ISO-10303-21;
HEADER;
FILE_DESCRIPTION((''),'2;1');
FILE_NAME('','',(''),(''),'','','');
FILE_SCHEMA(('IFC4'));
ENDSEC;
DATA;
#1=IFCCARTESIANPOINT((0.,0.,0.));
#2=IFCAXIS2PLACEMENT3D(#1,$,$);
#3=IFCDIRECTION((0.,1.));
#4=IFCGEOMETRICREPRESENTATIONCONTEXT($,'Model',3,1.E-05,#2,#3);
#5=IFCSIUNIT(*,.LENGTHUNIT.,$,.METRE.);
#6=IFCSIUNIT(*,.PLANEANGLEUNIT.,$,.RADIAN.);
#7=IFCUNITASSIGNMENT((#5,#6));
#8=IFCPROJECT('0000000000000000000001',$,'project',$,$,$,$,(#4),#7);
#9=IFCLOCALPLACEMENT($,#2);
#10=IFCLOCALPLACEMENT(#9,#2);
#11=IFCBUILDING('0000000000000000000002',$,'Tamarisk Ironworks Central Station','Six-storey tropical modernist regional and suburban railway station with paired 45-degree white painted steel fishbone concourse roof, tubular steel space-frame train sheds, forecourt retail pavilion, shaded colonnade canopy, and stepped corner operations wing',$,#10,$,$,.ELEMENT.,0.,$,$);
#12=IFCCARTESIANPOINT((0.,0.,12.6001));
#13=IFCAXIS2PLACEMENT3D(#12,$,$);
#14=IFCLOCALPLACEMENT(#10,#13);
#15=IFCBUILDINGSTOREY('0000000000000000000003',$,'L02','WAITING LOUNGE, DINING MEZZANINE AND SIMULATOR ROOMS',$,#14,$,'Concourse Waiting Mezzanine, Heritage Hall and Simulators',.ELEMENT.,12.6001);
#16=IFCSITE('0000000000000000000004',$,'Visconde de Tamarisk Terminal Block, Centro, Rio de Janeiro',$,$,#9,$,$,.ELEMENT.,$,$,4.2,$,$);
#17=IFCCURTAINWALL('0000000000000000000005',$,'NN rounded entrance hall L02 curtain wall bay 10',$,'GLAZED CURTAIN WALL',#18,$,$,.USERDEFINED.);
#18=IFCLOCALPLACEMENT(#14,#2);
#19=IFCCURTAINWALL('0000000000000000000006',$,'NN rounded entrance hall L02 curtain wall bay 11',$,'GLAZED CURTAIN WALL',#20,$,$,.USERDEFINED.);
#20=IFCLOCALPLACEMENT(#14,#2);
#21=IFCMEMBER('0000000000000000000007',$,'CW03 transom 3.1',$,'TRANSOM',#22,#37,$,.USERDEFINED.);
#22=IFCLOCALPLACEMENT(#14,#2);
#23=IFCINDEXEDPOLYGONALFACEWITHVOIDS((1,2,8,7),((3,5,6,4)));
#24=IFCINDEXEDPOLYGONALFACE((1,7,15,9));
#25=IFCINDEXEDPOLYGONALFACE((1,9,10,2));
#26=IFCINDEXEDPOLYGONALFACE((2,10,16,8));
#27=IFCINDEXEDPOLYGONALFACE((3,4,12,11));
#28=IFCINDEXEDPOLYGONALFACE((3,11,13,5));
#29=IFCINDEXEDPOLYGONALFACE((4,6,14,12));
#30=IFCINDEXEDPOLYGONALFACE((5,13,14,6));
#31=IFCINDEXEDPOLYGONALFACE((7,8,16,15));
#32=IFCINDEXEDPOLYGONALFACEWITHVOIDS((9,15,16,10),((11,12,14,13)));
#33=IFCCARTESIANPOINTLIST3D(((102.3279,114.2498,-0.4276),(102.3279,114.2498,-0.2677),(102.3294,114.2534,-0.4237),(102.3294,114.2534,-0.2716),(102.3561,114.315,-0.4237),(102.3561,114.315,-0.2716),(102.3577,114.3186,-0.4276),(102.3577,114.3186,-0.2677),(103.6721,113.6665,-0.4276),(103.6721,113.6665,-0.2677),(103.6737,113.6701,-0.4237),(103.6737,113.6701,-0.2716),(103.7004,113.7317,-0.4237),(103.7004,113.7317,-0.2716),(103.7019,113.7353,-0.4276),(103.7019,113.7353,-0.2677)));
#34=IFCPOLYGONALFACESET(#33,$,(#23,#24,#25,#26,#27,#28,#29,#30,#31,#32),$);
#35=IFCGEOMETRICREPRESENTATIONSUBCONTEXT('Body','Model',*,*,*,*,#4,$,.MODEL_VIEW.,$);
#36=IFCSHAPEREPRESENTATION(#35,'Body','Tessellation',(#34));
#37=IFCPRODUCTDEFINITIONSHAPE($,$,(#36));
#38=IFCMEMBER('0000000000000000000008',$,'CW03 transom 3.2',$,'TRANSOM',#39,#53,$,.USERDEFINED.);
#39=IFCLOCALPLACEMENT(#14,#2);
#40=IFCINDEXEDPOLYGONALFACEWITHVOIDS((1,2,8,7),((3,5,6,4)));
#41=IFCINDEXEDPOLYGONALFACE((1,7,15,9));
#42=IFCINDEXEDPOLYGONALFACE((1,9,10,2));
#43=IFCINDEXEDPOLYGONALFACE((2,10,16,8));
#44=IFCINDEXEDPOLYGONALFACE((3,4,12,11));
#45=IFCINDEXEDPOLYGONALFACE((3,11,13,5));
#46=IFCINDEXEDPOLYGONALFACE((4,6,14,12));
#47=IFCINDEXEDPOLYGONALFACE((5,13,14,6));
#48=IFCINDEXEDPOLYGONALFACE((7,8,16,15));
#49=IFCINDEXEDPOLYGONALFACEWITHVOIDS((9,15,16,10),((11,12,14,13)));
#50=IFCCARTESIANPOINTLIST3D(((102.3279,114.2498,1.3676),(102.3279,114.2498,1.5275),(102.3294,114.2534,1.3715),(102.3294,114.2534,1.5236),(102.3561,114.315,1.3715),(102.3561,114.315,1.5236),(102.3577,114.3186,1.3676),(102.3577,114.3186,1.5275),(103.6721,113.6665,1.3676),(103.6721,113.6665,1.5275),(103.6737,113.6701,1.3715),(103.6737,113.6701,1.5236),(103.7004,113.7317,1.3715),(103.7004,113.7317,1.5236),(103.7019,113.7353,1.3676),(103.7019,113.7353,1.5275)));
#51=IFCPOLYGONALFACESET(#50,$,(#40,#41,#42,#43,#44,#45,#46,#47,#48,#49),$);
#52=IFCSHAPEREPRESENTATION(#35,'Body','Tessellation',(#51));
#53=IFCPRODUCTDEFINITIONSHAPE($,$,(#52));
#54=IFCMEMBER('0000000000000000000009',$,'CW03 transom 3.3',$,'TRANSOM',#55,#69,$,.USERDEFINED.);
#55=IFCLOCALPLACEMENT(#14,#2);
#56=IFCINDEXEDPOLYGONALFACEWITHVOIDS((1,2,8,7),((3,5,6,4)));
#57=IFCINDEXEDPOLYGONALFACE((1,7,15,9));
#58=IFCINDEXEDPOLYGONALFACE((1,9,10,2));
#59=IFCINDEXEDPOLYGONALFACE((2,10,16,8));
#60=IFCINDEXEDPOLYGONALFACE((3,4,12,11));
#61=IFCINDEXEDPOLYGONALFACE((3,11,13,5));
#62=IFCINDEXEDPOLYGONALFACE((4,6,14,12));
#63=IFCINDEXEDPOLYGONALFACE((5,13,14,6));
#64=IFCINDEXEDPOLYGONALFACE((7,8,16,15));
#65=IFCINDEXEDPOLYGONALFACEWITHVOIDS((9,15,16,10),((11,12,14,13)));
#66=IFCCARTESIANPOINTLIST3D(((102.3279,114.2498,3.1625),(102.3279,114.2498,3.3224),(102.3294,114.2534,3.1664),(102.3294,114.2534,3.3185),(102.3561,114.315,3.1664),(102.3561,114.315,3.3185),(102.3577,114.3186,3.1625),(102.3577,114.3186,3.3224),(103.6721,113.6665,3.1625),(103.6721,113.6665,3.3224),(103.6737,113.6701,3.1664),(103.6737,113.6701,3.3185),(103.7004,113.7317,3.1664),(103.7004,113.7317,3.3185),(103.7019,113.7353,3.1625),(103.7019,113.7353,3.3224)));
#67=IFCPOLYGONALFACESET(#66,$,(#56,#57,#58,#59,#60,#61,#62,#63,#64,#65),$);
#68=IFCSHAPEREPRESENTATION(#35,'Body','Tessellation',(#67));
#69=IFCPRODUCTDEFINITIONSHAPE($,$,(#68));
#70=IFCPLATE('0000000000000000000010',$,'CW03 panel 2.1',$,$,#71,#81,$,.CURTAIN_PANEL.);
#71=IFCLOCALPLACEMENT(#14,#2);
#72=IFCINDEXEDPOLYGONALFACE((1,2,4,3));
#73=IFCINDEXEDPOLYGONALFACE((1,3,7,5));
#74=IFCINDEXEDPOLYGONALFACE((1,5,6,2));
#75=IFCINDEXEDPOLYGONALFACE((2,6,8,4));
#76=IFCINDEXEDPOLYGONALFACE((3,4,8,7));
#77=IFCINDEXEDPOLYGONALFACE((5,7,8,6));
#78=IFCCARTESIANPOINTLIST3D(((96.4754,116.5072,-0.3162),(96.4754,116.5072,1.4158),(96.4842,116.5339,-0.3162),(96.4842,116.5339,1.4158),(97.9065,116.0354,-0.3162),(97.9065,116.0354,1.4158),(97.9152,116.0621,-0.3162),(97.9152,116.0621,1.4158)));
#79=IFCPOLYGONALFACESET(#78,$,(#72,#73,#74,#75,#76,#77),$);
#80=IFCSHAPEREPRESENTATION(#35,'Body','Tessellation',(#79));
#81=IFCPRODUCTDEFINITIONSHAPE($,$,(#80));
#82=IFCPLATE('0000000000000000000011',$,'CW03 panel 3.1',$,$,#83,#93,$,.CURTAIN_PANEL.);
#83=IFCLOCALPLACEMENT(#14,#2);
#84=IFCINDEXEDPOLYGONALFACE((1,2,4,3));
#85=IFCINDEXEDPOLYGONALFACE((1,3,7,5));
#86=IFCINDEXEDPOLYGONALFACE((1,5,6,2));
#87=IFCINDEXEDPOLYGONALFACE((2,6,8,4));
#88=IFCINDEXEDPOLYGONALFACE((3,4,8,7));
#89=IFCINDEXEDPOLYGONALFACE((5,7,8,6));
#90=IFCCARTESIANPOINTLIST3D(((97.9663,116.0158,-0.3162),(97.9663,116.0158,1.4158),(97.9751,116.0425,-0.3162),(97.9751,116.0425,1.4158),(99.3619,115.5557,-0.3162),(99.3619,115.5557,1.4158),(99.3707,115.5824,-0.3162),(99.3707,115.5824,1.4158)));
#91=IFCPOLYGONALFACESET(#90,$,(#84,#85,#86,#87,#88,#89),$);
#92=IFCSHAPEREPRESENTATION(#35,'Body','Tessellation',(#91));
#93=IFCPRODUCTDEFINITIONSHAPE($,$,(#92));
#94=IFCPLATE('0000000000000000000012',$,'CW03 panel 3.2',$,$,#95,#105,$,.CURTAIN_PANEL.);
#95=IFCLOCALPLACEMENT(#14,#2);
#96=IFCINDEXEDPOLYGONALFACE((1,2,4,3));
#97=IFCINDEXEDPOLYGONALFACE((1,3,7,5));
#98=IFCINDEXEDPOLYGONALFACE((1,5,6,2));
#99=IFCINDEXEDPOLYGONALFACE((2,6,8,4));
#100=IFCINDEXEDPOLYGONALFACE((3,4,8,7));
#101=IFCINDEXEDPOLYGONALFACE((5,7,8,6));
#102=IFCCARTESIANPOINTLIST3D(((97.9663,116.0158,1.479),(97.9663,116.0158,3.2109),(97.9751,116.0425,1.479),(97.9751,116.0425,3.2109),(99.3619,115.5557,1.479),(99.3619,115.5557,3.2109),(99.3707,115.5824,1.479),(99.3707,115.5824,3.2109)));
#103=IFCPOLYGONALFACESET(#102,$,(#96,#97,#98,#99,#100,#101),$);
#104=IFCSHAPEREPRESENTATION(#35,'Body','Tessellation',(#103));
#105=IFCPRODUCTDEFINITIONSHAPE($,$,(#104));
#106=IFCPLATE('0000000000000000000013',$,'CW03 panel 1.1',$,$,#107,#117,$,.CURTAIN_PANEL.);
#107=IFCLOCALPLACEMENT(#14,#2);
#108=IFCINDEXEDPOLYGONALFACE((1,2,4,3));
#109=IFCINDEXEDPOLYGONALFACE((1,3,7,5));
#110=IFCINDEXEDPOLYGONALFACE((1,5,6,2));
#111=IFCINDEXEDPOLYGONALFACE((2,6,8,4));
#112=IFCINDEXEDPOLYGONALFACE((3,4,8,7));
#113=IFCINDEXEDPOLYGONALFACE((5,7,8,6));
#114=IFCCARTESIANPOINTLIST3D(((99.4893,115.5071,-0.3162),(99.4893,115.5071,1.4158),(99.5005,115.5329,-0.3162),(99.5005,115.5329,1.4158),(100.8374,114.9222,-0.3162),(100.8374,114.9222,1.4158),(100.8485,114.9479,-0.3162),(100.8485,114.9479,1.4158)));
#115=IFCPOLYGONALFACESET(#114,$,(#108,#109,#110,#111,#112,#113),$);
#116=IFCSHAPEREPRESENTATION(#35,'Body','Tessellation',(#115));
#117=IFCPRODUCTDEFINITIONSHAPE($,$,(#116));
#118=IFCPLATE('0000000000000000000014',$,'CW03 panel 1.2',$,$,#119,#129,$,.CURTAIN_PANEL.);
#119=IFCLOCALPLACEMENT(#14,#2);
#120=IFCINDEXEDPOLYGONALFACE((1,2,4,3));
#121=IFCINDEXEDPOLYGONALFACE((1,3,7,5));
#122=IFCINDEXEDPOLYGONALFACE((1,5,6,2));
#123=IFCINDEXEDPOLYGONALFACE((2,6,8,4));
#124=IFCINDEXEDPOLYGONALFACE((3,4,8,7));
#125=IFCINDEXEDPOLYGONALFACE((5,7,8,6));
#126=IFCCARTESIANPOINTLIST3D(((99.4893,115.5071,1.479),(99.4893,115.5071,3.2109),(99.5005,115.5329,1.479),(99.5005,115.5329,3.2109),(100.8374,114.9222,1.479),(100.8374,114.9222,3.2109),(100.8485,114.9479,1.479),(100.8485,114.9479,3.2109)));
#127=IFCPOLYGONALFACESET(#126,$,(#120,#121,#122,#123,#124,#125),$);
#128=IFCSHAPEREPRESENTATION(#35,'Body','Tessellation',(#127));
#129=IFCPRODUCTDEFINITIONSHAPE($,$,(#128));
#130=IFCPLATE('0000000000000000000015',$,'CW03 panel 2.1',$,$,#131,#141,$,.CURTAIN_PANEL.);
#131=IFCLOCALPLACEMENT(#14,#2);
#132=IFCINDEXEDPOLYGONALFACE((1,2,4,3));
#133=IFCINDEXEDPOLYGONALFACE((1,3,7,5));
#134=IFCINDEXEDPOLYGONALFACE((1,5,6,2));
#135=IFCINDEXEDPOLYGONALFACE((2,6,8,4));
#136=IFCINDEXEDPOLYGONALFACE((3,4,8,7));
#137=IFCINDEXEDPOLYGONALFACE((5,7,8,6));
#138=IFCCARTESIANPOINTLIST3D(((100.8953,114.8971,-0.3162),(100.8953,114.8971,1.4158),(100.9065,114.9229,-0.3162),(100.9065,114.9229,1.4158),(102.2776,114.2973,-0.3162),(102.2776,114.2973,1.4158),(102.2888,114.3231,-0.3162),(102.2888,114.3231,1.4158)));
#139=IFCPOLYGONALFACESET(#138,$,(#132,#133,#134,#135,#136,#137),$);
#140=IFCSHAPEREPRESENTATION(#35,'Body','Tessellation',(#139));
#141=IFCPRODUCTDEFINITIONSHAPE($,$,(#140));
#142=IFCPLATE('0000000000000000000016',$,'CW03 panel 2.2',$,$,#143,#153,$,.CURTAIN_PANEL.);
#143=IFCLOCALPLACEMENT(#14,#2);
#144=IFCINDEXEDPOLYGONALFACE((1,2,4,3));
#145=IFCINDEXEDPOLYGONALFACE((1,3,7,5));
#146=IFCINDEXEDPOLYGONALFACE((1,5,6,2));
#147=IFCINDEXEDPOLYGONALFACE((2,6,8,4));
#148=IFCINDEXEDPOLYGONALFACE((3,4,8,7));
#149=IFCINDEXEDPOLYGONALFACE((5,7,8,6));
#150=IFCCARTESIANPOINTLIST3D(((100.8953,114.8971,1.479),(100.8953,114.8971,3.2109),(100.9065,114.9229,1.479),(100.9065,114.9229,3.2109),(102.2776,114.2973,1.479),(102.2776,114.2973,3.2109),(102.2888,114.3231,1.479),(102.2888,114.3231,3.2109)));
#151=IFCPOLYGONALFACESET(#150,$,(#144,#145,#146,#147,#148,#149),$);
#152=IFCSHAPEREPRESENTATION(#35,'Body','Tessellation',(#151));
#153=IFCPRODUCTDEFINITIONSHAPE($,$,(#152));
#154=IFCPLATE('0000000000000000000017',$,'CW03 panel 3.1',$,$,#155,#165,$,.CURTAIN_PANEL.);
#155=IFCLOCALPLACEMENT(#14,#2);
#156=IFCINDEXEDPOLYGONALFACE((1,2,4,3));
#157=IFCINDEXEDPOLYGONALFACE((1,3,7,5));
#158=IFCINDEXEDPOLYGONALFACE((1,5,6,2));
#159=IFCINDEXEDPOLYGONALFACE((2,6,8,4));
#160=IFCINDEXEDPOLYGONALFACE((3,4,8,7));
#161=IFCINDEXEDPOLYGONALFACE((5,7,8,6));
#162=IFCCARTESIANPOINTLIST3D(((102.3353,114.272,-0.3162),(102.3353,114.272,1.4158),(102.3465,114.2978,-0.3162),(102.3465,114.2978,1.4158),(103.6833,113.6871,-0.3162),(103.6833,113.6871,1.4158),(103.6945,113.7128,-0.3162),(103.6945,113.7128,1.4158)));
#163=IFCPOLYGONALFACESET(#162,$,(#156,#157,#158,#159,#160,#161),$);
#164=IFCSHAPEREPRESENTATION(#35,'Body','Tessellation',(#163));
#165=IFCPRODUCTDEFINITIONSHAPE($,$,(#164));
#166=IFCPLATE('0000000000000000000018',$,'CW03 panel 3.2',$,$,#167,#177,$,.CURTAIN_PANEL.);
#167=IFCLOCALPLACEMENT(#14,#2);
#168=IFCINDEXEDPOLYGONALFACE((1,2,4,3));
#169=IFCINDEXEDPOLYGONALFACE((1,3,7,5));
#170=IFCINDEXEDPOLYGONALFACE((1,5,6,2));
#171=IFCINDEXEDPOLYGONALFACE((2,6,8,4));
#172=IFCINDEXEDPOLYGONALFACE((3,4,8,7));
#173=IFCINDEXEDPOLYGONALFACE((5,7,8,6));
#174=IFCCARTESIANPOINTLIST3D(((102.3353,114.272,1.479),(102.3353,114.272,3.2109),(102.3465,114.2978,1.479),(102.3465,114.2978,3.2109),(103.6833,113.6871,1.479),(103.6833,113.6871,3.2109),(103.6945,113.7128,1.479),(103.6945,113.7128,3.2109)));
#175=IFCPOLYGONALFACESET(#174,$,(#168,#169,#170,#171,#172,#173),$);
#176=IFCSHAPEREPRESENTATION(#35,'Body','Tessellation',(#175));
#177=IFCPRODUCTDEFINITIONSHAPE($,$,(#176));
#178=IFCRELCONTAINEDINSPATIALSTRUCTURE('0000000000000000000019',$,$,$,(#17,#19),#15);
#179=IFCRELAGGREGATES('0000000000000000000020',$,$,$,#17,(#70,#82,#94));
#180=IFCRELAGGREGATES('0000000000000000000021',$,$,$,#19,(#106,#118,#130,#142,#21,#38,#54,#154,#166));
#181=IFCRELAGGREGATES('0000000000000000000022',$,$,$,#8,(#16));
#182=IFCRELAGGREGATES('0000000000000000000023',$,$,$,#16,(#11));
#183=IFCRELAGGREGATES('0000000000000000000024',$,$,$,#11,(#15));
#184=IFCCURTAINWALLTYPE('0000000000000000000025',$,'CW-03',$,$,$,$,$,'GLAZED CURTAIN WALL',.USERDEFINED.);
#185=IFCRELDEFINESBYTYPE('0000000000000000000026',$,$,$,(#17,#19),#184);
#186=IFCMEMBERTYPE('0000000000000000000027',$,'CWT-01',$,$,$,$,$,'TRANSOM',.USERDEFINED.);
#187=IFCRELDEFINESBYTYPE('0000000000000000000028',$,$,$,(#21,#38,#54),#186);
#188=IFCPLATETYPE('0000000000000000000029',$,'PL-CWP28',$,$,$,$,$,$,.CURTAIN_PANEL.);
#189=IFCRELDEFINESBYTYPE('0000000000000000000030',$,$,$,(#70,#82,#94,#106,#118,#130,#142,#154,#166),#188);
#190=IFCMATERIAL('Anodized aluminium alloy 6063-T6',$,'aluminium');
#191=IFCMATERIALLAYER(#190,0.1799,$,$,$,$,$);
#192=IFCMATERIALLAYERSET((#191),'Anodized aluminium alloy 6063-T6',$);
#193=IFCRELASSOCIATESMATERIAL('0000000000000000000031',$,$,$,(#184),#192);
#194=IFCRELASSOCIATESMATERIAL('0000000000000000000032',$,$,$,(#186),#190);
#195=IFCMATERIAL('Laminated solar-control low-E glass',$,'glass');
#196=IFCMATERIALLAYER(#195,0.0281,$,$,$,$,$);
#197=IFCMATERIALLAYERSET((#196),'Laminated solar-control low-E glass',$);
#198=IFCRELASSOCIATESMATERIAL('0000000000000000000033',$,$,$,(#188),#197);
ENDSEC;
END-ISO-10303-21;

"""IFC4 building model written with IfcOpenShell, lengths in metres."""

from ifc_helpers import new_model, si_unit, direction, frame, origin, origin_2d, place, context, subcontext, project, spatial, rectangle, hollow_rectangle, extrude, material, layer, layer_set, material_profile, profile_set, type_object, element, aggregate, save


model = new_model("IFC4")

# Units and contexts
model_context = context("Model", 3, precision=1e-05, world=origin(), true_north=direction((0.0, 1.0)))
body_context = subcontext(model_context, "Body", "Model", "MODEL_VIEW")
ifc_project = project(units=[si_unit("LENGTHUNIT", "METRE"), si_unit("PLANEANGLEUNIT", "RADIAN")], contexts=[model_context])

# Site, building, storey
site_placement = place(None, origin())
site = spatial("IfcSite", under=ifc_project, at=site_placement, Name="Visconde de Tamarisk Terminal Block, Centro, Rio de Janeiro", CompositionType="ELEMENT", RefElevation=4.2)
building_placement = place(site_placement, origin())
building = spatial("IfcBuilding", under=site, at=building_placement, Name="Tamarisk Ironworks Central Station", Description="Six-storey tropical modernist regional and suburban railway station with paired 45-degree white painted steel fishbone concourse roof, tubular steel space-frame train sheds, forecourt retail pavilion, shaded colonnade canopy, and stepped corner operations wing", CompositionType="ELEMENT", ElevationOfRefHeight=0.0)
storey_placement = place(building_placement, frame((0.0, 0.0, 12.6001)))
storey = spatial("IfcBuildingStorey", under=building, at=storey_placement, Name="L02", Description="WAITING LOUNGE, DINING MEZZANINE AND SIMULATOR ROOMS", LongName="Concourse Waiting Mezzanine, Heritage Hall and Simulators", CompositionType="ELEMENT", Elevation=12.6001)

# Curtain walls
ifc_material_1 = material(Name="Anodized aluminium alloy 6063-T6", Category="aluminium")
ifc_layer_1 = layer(ifc_material_1, 0.1799)
ifc_layer_set_1 = layer_set([ifc_layer_1], Name="Anodized aluminium alloy 6063-T6")
curtain_wall_type = type_object("IfcCurtainWallType", Name="CW-03", ElementType="GLAZED CURTAIN WALL", PredefinedType="USERDEFINED", material=ifc_layer_set_1)
curtain_wall_1_placement = place(storey_placement, origin())
curtain_wall_1 = element("IfcCurtainWall", 1, at=curtain_wall_1_placement, inside=storey, type_object=curtain_wall_type, Name="NN rounded entrance hall L02 curtain wall bay 10", ObjectType="GLAZED CURTAIN WALL", PredefinedType="USERDEFINED")
curtain_wall_2_placement = place(storey_placement, origin())
curtain_wall_2 = element("IfcCurtainWall", 2, at=curtain_wall_2_placement, inside=storey, type_object=curtain_wall_type, Name="NN rounded entrance hall L02 curtain wall bay 11", ObjectType="GLAZED CURTAIN WALL", PredefinedType="USERDEFINED")

# Members
ifc_material_profile_1 = material_profile(ifc_material_1, hollow_rectangle(XDim=0.075, YDim=0.1599, WallThickness=0.0039, at=origin_2d()), Name="ALUM 160x75")
ifc_profile_set_1 = profile_set([ifc_material_profile_1], Name="Anodized aluminium alloy 6063-T6")
member_type_1 = type_object("IfcMemberType", Name="CWT-01", ElementType="TRANSOM", PredefinedType="USERDEFINED", material=ifc_profile_set_1)
member_1_placement = place(storey_placement, frame((102.3428, 114.2842, -0.3477), z_axis=(0.917369, -0.398038, 0.0), x_axis=(0.398038, 0.917369, 0.0)))
member_1 = element("IfcMember", 3, at=member_1_placement, type_object=member_type_1, Name="CW03 transom 3.1", ObjectType="TRANSOM", PredefinedType="USERDEFINED", context=body_context, shape_type="SweptSolid", body=[
    extrude(hollow_rectangle(XDim=0.075, YDim=0.1599, WallThickness=0.0039, at=origin_2d()), origin(), (0.0, 0.0, 1.0), 1.4653),
])
member_2_placement = place(storey_placement, frame((102.3428, 114.2842, 1.4475), z_axis=(0.917369, -0.398038, 0.0), x_axis=(0.398038, 0.917369, 0.0)))
member_2 = element("IfcMember", 4, at=member_2_placement, type_object=member_type_1, Name="CW03 transom 3.2", ObjectType="TRANSOM", PredefinedType="USERDEFINED", context=body_context, shape_type="SweptSolid", body=[
    extrude(hollow_rectangle(XDim=0.075, YDim=0.1599, WallThickness=0.0039, at=origin_2d()), origin(), (0.0, 0.0, 1.0), 1.4653),
])
member_3_placement = place(storey_placement, frame((102.3428, 114.2842, 3.2424), z_axis=(0.917369, -0.398038, 0.0), x_axis=(0.398038, 0.917369, 0.0)))
member_3 = element("IfcMember", 5, at=member_3_placement, type_object=member_type_1, Name="CW03 transom 3.3", ObjectType="TRANSOM", PredefinedType="USERDEFINED", context=body_context, shape_type="SweptSolid", body=[
    extrude(hollow_rectangle(XDim=0.075, YDim=0.1599, WallThickness=0.0039, at=origin_2d()), origin(), (0.0, 0.0, 1.0), 1.4653),
])

# Plates
ifc_material_2 = material(Name="Laminated solar-control low-E glass", Category="glass")
ifc_layer_2 = layer(ifc_material_2, 0.0281)
ifc_layer_set_2 = layer_set([ifc_layer_2], Name="Laminated solar-control low-E glass")
plate_type = type_object("IfcPlateType", Name="PL-CWP28", PredefinedType="CURTAIN_PANEL", material=ifc_layer_set_2)
plate_1_placement = place(storey_placement, frame((97.1953, 116.2847, -0.3162), z_axis=(0.0, 0.0, 1.0), x_axis=(0.949721, -0.313098, 0.0)))
plate_1 = element("IfcPlate", 6, at=plate_1_placement, type_object=plate_type, Name="CW03 panel 2.1", PredefinedType="CURTAIN_PANEL", context=body_context, shape_type="SweptSolid", body=[
    extrude(rectangle(XDim=1.5068, YDim=0.0281, at=origin_2d()), origin(), (0.0, 0.0, 1.0), 1.7319),
])
plate_2_placement = place(storey_placement, frame((98.6685, 115.7991, -0.3162), z_axis=(0.0, 0.0, 1.0), x_axis=(0.949721, -0.313098, 0.0)))
plate_2 = element("IfcPlate", 7, at=plate_2_placement, type_object=plate_type, Name="CW03 panel 3.1", PredefinedType="CURTAIN_PANEL", context=body_context, shape_type="SweptSolid", body=[
    extrude(rectangle(XDim=1.4695, YDim=0.0281, at=origin_2d()), origin(), (0.0, 0.0, 1.0), 1.7319),
])
plate_3_placement = place(storey_placement, frame((98.6685, 115.7991, 1.479), z_axis=(0.0, 0.0, 1.0), x_axis=(0.949721, -0.313098, 0.0)))
plate_3 = element("IfcPlate", 8, at=plate_3_placement, type_object=plate_type, Name="CW03 panel 3.2", PredefinedType="CURTAIN_PANEL", context=body_context, shape_type="SweptSolid", body=[
    extrude(rectangle(XDim=1.4695, YDim=0.0281, at=origin_2d()), origin(), (0.0, 0.0, 1.0), 1.7319),
])
aggregate(curtain_wall_1, [plate_1, plate_2, plate_3])
plate_4_placement = place(storey_placement, frame((100.1689, 115.2275, -0.3162), z_axis=(0.0, 0.0, 1.0), x_axis=(0.917352, -0.398077, 0.0)))
plate_4 = element("IfcPlate", 9, at=plate_4_placement, type_object=plate_type, Name="CW03 panel 1.1", PredefinedType="CURTAIN_PANEL", context=body_context, shape_type="SweptSolid", body=[
    extrude(rectangle(XDim=1.4695, YDim=0.0281, at=origin_2d()), origin(), (0.0, 0.0, 1.0), 1.7319),
])
plate_5_placement = place(storey_placement, frame((100.1689, 115.2275, 1.479), z_axis=(0.0, 0.0, 1.0), x_axis=(0.917352, -0.398077, 0.0)))
plate_5 = element("IfcPlate", 10, at=plate_5_placement, type_object=plate_type, Name="CW03 panel 1.2", PredefinedType="CURTAIN_PANEL", context=body_context, shape_type="SweptSolid", body=[
    extrude(rectangle(XDim=1.4695, YDim=0.0281, at=origin_2d()), origin(), (0.0, 0.0, 1.0), 1.7319),
])
plate_6_placement = place(storey_placement, frame((101.592, 114.6101, -0.3162), z_axis=(0.0, 0.0, 1.0), x_axis=(0.917352, -0.398077, 0.0)))
plate_6 = element("IfcPlate", 11, at=plate_6_placement, type_object=plate_type, Name="CW03 panel 2.1", PredefinedType="CURTAIN_PANEL", context=body_context, shape_type="SweptSolid", body=[
    extrude(rectangle(XDim=1.5068, YDim=0.0281, at=origin_2d()), origin(), (0.0, 0.0, 1.0), 1.7319),
])
plate_7_placement = place(storey_placement, frame((101.592, 114.6101, 1.479), z_axis=(0.0, 0.0, 1.0), x_axis=(0.917352, -0.398077, 0.0)))
plate_7 = element("IfcPlate", 12, at=plate_7_placement, type_object=plate_type, Name="CW03 panel 2.2", PredefinedType="CURTAIN_PANEL", context=body_context, shape_type="SweptSolid", body=[
    extrude(rectangle(XDim=1.5068, YDim=0.0281, at=origin_2d()), origin(), (0.0, 0.0, 1.0), 1.7319),
])
plate_8_placement = place(storey_placement, frame((103.0149, 113.9924, -0.3162), z_axis=(0.0, 0.0, 1.0), x_axis=(0.917352, -0.398077, 0.0)))
plate_8 = element("IfcPlate", 13, at=plate_8_placement, type_object=plate_type, Name="CW03 panel 3.1", PredefinedType="CURTAIN_PANEL", context=body_context, shape_type="SweptSolid", body=[
    extrude(rectangle(XDim=1.4695, YDim=0.0281, at=origin_2d()), origin(), (0.0, 0.0, 1.0), 1.7319),
])
plate_9_placement = place(storey_placement, frame((103.0149, 113.9924, 1.479), z_axis=(0.0, 0.0, 1.0), x_axis=(0.917352, -0.398077, 0.0)))
plate_9 = element("IfcPlate", 14, at=plate_9_placement, type_object=plate_type, Name="CW03 panel 3.2", PredefinedType="CURTAIN_PANEL", context=body_context, shape_type="SweptSolid", body=[
    extrude(rectangle(XDim=1.4695, YDim=0.0281, at=origin_2d()), origin(), (0.0, 0.0, 1.0), 1.7319),
])
aggregate(curtain_wall_2, [plate_4, plate_5, plate_6, plate_7, member_1, member_2, member_3, plate_8, plate_9])

save(model, "model.ifc")
